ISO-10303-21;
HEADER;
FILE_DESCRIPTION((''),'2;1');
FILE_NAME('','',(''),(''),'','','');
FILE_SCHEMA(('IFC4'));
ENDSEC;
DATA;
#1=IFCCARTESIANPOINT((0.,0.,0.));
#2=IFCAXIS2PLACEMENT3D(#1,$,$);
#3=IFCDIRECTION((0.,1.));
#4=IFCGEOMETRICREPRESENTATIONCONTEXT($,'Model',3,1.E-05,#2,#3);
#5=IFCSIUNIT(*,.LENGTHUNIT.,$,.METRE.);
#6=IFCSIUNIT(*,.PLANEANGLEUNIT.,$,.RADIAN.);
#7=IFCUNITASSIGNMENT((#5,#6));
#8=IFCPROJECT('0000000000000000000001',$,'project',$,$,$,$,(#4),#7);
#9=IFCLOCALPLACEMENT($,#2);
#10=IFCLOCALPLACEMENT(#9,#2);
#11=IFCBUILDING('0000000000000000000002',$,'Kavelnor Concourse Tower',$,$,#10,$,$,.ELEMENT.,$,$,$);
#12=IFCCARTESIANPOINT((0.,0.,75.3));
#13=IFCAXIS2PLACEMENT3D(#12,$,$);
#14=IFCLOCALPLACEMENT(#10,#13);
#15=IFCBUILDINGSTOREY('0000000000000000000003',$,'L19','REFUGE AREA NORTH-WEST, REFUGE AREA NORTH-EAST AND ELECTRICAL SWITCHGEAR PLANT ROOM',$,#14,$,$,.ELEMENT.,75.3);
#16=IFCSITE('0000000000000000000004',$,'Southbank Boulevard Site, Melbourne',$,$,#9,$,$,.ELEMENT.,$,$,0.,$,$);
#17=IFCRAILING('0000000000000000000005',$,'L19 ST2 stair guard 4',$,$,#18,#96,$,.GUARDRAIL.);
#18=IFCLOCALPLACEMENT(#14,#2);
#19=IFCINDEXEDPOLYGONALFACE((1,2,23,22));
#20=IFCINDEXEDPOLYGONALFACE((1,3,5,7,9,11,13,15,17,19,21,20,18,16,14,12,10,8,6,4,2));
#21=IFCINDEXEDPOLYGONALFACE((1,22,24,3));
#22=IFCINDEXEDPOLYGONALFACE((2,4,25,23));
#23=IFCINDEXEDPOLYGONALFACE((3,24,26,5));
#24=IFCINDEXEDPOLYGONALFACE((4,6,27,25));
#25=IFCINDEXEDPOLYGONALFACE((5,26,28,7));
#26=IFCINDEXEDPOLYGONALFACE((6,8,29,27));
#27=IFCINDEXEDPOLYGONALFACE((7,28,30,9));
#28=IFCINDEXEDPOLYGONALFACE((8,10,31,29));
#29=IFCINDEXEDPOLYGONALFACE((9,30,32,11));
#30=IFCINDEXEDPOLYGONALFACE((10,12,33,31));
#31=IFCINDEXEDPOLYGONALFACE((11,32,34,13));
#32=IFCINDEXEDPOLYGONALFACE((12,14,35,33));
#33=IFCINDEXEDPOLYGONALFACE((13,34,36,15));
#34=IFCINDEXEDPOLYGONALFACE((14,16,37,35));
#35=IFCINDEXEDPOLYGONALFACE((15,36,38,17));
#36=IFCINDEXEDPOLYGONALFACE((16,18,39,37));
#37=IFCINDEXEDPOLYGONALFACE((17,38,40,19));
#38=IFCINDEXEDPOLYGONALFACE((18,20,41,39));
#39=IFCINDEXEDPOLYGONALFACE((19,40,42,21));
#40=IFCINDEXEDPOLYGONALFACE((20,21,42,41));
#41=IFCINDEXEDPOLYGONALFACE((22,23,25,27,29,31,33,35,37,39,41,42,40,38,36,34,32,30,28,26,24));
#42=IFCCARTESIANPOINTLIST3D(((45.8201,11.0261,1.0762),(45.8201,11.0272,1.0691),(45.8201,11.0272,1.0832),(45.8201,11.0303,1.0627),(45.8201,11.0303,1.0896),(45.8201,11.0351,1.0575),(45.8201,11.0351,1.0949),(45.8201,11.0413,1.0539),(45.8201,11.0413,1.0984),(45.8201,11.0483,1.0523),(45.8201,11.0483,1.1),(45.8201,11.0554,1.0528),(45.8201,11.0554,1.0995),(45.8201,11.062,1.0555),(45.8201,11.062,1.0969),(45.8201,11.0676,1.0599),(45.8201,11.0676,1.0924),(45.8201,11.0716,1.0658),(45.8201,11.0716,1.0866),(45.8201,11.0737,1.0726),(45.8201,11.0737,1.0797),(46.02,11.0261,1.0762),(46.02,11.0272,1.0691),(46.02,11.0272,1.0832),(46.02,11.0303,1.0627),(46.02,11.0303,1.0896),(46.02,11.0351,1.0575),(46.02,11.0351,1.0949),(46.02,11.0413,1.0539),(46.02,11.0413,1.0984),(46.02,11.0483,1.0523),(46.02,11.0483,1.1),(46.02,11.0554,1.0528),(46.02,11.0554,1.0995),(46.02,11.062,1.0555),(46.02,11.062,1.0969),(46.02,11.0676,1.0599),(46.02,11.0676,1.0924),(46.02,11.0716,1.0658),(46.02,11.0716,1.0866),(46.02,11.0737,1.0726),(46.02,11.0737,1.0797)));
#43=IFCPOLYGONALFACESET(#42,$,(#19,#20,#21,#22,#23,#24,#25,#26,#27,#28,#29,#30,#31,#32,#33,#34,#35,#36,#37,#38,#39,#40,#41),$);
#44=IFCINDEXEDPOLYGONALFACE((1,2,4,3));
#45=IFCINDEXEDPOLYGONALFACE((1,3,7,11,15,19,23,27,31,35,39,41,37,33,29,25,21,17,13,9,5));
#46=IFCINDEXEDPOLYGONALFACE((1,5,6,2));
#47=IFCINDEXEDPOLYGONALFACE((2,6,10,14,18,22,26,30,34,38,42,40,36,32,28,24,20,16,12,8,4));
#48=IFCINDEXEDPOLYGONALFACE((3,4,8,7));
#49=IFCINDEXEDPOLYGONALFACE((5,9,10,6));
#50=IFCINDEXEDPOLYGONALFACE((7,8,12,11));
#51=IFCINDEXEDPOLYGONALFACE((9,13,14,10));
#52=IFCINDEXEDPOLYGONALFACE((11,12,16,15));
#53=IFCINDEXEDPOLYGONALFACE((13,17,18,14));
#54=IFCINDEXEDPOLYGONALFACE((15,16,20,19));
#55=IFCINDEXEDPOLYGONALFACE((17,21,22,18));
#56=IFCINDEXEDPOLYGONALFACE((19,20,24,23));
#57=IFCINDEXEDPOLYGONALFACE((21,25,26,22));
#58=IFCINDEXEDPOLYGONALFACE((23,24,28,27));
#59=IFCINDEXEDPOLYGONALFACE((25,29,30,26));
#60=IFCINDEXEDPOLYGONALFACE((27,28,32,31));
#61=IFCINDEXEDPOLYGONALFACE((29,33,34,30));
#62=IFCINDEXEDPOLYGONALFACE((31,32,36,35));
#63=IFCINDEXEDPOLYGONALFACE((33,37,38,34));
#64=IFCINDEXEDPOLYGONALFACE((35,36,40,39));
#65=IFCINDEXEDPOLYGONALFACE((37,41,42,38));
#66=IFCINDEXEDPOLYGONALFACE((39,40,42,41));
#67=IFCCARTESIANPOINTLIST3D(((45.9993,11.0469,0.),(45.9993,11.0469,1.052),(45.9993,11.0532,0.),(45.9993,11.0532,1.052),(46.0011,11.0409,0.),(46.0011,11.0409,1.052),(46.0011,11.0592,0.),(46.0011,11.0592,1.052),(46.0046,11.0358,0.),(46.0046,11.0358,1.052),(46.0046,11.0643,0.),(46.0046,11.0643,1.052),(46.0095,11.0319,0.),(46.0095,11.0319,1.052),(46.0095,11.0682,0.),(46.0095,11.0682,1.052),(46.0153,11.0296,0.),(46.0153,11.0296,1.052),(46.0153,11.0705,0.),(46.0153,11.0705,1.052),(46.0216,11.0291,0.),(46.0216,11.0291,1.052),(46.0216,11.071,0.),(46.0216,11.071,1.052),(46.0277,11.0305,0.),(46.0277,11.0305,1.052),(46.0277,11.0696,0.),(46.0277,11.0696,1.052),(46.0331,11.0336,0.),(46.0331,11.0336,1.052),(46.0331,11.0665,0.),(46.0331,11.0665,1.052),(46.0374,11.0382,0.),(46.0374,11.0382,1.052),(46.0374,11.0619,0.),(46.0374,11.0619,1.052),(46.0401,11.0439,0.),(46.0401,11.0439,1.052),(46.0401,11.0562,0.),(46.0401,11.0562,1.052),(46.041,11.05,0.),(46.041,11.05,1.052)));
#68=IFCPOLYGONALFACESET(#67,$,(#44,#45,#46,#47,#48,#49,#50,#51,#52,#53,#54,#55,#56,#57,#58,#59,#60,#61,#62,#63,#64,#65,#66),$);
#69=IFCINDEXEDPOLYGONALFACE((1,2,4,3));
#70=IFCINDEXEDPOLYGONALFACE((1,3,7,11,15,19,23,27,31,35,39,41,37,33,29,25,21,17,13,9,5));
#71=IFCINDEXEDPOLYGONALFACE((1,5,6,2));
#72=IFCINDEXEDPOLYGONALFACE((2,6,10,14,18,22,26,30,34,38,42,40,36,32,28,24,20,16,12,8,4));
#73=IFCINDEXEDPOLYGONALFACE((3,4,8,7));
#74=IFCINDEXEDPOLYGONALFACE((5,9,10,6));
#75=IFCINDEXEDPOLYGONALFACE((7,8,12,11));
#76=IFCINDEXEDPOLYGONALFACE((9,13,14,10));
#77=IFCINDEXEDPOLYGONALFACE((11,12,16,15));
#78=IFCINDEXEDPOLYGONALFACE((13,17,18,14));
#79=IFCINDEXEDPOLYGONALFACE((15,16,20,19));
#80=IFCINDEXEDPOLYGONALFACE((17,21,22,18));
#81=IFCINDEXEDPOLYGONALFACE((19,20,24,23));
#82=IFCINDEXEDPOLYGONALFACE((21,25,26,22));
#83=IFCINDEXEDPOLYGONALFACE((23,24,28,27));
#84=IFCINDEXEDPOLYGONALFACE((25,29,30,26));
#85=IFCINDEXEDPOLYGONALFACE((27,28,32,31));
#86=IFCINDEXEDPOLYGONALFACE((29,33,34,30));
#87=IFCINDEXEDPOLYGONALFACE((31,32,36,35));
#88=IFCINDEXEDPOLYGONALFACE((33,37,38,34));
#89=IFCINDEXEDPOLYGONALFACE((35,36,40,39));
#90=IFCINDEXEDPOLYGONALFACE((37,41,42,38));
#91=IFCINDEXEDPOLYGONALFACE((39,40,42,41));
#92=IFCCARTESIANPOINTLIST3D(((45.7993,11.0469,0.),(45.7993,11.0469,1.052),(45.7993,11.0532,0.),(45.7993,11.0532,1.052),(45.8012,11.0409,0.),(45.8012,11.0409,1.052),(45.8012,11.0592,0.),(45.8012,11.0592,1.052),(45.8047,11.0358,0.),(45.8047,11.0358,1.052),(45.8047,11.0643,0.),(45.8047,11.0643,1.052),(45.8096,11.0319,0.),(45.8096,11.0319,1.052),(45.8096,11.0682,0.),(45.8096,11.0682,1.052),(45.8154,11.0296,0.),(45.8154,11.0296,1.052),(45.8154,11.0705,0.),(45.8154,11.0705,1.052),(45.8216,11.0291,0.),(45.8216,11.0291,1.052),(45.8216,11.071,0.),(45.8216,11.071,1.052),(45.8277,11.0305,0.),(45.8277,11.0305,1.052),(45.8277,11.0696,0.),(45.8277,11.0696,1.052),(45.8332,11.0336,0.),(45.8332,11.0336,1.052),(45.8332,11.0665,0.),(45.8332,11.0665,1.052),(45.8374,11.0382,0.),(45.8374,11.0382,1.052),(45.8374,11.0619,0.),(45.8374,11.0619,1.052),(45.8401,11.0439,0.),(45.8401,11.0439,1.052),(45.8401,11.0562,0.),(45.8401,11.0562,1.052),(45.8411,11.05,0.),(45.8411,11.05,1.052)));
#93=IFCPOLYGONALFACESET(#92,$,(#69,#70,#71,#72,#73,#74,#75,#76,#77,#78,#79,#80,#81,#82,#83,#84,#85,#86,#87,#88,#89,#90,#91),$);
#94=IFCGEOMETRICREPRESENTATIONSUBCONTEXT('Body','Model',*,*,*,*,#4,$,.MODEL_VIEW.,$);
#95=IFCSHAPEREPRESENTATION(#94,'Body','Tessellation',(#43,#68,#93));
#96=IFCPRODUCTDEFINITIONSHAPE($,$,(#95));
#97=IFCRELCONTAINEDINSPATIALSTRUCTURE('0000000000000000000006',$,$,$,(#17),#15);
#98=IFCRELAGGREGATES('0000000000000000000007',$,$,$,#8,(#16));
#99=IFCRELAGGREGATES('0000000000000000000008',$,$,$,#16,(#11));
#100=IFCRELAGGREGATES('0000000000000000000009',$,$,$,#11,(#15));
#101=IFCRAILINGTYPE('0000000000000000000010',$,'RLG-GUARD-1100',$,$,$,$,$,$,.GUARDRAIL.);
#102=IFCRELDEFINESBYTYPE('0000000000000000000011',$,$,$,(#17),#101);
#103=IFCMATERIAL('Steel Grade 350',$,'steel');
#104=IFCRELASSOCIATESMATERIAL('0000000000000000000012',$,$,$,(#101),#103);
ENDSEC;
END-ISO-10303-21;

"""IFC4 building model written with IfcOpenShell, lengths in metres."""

from ifc_helpers import new_model, si_unit, direction, frame, origin, origin_2d, place, context, subcontext, project, spatial, circle, extrude, material, type_object, element, save


model = new_model("IFC4")

# Units and contexts
model_context = context("Model", 3, precision=1e-05, world=origin(), true_north=direction((0.0, 1.0)))
body_context = subcontext(model_context, "Body", "Model", "MODEL_VIEW")
ifc_project = project(units=[si_unit("LENGTHUNIT", "METRE"), si_unit("PLANEANGLEUNIT", "RADIAN")], contexts=[model_context])

# Site, building, storey
site_placement = place(None, origin())
site = spatial("IfcSite", under=ifc_project, at=site_placement, Name="Southbank Boulevard Site, Melbourne", CompositionType="ELEMENT", RefElevation=0.0)
building_placement = place(site_placement, origin())
building = spatial("IfcBuilding", under=site, at=building_placement, Name="Kavelnor Concourse Tower", CompositionType="ELEMENT")
storey_placement = place(building_placement, frame((0.0, 0.0, 75.3)))
storey = spatial("IfcBuildingStorey", under=building, at=storey_placement, Name="L19", Description="REFUGE AREA NORTH-WEST, REFUGE AREA NORTH-EAST AND ELECTRICAL SWITCHGEAR PLANT ROOM", CompositionType="ELEMENT", Elevation=75.3)

# Shared definitions
ifc_material_1 = material(Name="Steel Grade 350", Category="steel")

# Railing
railing_type_1 = type_object("IfcRailingType", Name="RLG-GUARD-1100", PredefinedType="GUARDRAIL", material=ifc_material_1)
railing_1_placement = place(storey_placement, frame((46.02, 11.05, 0.0)))
element("IfcRailing", 1, at=railing_1_placement, inside=storey, type_object=railing_type_1, Name="L19 ST2 stair guard 4", PredefinedType="GUARDRAIL", context=body_context, shape_type="SweptSolid", body=[
    extrude(circle(Radius=0.0239, at=origin_2d()), frame((0.0, 0.0, 1.0762), z_axis=(-1.0, 0.0, 0.0), x_axis=(0.0, -1.0, 0.0)), (0.0, 0.0, 1.0), 0.2),
    extrude(circle(Radius=0.021, at=origin_2d()), origin(), (0.0, 0.0, 1.0), 1.052),
    extrude(circle(Radius=0.021, at=origin_2d()), frame((-0.2, 0.0, 0.0)), (0.0, 0.0, 1.0), 1.052),
])

save(model, "model.ifc")
